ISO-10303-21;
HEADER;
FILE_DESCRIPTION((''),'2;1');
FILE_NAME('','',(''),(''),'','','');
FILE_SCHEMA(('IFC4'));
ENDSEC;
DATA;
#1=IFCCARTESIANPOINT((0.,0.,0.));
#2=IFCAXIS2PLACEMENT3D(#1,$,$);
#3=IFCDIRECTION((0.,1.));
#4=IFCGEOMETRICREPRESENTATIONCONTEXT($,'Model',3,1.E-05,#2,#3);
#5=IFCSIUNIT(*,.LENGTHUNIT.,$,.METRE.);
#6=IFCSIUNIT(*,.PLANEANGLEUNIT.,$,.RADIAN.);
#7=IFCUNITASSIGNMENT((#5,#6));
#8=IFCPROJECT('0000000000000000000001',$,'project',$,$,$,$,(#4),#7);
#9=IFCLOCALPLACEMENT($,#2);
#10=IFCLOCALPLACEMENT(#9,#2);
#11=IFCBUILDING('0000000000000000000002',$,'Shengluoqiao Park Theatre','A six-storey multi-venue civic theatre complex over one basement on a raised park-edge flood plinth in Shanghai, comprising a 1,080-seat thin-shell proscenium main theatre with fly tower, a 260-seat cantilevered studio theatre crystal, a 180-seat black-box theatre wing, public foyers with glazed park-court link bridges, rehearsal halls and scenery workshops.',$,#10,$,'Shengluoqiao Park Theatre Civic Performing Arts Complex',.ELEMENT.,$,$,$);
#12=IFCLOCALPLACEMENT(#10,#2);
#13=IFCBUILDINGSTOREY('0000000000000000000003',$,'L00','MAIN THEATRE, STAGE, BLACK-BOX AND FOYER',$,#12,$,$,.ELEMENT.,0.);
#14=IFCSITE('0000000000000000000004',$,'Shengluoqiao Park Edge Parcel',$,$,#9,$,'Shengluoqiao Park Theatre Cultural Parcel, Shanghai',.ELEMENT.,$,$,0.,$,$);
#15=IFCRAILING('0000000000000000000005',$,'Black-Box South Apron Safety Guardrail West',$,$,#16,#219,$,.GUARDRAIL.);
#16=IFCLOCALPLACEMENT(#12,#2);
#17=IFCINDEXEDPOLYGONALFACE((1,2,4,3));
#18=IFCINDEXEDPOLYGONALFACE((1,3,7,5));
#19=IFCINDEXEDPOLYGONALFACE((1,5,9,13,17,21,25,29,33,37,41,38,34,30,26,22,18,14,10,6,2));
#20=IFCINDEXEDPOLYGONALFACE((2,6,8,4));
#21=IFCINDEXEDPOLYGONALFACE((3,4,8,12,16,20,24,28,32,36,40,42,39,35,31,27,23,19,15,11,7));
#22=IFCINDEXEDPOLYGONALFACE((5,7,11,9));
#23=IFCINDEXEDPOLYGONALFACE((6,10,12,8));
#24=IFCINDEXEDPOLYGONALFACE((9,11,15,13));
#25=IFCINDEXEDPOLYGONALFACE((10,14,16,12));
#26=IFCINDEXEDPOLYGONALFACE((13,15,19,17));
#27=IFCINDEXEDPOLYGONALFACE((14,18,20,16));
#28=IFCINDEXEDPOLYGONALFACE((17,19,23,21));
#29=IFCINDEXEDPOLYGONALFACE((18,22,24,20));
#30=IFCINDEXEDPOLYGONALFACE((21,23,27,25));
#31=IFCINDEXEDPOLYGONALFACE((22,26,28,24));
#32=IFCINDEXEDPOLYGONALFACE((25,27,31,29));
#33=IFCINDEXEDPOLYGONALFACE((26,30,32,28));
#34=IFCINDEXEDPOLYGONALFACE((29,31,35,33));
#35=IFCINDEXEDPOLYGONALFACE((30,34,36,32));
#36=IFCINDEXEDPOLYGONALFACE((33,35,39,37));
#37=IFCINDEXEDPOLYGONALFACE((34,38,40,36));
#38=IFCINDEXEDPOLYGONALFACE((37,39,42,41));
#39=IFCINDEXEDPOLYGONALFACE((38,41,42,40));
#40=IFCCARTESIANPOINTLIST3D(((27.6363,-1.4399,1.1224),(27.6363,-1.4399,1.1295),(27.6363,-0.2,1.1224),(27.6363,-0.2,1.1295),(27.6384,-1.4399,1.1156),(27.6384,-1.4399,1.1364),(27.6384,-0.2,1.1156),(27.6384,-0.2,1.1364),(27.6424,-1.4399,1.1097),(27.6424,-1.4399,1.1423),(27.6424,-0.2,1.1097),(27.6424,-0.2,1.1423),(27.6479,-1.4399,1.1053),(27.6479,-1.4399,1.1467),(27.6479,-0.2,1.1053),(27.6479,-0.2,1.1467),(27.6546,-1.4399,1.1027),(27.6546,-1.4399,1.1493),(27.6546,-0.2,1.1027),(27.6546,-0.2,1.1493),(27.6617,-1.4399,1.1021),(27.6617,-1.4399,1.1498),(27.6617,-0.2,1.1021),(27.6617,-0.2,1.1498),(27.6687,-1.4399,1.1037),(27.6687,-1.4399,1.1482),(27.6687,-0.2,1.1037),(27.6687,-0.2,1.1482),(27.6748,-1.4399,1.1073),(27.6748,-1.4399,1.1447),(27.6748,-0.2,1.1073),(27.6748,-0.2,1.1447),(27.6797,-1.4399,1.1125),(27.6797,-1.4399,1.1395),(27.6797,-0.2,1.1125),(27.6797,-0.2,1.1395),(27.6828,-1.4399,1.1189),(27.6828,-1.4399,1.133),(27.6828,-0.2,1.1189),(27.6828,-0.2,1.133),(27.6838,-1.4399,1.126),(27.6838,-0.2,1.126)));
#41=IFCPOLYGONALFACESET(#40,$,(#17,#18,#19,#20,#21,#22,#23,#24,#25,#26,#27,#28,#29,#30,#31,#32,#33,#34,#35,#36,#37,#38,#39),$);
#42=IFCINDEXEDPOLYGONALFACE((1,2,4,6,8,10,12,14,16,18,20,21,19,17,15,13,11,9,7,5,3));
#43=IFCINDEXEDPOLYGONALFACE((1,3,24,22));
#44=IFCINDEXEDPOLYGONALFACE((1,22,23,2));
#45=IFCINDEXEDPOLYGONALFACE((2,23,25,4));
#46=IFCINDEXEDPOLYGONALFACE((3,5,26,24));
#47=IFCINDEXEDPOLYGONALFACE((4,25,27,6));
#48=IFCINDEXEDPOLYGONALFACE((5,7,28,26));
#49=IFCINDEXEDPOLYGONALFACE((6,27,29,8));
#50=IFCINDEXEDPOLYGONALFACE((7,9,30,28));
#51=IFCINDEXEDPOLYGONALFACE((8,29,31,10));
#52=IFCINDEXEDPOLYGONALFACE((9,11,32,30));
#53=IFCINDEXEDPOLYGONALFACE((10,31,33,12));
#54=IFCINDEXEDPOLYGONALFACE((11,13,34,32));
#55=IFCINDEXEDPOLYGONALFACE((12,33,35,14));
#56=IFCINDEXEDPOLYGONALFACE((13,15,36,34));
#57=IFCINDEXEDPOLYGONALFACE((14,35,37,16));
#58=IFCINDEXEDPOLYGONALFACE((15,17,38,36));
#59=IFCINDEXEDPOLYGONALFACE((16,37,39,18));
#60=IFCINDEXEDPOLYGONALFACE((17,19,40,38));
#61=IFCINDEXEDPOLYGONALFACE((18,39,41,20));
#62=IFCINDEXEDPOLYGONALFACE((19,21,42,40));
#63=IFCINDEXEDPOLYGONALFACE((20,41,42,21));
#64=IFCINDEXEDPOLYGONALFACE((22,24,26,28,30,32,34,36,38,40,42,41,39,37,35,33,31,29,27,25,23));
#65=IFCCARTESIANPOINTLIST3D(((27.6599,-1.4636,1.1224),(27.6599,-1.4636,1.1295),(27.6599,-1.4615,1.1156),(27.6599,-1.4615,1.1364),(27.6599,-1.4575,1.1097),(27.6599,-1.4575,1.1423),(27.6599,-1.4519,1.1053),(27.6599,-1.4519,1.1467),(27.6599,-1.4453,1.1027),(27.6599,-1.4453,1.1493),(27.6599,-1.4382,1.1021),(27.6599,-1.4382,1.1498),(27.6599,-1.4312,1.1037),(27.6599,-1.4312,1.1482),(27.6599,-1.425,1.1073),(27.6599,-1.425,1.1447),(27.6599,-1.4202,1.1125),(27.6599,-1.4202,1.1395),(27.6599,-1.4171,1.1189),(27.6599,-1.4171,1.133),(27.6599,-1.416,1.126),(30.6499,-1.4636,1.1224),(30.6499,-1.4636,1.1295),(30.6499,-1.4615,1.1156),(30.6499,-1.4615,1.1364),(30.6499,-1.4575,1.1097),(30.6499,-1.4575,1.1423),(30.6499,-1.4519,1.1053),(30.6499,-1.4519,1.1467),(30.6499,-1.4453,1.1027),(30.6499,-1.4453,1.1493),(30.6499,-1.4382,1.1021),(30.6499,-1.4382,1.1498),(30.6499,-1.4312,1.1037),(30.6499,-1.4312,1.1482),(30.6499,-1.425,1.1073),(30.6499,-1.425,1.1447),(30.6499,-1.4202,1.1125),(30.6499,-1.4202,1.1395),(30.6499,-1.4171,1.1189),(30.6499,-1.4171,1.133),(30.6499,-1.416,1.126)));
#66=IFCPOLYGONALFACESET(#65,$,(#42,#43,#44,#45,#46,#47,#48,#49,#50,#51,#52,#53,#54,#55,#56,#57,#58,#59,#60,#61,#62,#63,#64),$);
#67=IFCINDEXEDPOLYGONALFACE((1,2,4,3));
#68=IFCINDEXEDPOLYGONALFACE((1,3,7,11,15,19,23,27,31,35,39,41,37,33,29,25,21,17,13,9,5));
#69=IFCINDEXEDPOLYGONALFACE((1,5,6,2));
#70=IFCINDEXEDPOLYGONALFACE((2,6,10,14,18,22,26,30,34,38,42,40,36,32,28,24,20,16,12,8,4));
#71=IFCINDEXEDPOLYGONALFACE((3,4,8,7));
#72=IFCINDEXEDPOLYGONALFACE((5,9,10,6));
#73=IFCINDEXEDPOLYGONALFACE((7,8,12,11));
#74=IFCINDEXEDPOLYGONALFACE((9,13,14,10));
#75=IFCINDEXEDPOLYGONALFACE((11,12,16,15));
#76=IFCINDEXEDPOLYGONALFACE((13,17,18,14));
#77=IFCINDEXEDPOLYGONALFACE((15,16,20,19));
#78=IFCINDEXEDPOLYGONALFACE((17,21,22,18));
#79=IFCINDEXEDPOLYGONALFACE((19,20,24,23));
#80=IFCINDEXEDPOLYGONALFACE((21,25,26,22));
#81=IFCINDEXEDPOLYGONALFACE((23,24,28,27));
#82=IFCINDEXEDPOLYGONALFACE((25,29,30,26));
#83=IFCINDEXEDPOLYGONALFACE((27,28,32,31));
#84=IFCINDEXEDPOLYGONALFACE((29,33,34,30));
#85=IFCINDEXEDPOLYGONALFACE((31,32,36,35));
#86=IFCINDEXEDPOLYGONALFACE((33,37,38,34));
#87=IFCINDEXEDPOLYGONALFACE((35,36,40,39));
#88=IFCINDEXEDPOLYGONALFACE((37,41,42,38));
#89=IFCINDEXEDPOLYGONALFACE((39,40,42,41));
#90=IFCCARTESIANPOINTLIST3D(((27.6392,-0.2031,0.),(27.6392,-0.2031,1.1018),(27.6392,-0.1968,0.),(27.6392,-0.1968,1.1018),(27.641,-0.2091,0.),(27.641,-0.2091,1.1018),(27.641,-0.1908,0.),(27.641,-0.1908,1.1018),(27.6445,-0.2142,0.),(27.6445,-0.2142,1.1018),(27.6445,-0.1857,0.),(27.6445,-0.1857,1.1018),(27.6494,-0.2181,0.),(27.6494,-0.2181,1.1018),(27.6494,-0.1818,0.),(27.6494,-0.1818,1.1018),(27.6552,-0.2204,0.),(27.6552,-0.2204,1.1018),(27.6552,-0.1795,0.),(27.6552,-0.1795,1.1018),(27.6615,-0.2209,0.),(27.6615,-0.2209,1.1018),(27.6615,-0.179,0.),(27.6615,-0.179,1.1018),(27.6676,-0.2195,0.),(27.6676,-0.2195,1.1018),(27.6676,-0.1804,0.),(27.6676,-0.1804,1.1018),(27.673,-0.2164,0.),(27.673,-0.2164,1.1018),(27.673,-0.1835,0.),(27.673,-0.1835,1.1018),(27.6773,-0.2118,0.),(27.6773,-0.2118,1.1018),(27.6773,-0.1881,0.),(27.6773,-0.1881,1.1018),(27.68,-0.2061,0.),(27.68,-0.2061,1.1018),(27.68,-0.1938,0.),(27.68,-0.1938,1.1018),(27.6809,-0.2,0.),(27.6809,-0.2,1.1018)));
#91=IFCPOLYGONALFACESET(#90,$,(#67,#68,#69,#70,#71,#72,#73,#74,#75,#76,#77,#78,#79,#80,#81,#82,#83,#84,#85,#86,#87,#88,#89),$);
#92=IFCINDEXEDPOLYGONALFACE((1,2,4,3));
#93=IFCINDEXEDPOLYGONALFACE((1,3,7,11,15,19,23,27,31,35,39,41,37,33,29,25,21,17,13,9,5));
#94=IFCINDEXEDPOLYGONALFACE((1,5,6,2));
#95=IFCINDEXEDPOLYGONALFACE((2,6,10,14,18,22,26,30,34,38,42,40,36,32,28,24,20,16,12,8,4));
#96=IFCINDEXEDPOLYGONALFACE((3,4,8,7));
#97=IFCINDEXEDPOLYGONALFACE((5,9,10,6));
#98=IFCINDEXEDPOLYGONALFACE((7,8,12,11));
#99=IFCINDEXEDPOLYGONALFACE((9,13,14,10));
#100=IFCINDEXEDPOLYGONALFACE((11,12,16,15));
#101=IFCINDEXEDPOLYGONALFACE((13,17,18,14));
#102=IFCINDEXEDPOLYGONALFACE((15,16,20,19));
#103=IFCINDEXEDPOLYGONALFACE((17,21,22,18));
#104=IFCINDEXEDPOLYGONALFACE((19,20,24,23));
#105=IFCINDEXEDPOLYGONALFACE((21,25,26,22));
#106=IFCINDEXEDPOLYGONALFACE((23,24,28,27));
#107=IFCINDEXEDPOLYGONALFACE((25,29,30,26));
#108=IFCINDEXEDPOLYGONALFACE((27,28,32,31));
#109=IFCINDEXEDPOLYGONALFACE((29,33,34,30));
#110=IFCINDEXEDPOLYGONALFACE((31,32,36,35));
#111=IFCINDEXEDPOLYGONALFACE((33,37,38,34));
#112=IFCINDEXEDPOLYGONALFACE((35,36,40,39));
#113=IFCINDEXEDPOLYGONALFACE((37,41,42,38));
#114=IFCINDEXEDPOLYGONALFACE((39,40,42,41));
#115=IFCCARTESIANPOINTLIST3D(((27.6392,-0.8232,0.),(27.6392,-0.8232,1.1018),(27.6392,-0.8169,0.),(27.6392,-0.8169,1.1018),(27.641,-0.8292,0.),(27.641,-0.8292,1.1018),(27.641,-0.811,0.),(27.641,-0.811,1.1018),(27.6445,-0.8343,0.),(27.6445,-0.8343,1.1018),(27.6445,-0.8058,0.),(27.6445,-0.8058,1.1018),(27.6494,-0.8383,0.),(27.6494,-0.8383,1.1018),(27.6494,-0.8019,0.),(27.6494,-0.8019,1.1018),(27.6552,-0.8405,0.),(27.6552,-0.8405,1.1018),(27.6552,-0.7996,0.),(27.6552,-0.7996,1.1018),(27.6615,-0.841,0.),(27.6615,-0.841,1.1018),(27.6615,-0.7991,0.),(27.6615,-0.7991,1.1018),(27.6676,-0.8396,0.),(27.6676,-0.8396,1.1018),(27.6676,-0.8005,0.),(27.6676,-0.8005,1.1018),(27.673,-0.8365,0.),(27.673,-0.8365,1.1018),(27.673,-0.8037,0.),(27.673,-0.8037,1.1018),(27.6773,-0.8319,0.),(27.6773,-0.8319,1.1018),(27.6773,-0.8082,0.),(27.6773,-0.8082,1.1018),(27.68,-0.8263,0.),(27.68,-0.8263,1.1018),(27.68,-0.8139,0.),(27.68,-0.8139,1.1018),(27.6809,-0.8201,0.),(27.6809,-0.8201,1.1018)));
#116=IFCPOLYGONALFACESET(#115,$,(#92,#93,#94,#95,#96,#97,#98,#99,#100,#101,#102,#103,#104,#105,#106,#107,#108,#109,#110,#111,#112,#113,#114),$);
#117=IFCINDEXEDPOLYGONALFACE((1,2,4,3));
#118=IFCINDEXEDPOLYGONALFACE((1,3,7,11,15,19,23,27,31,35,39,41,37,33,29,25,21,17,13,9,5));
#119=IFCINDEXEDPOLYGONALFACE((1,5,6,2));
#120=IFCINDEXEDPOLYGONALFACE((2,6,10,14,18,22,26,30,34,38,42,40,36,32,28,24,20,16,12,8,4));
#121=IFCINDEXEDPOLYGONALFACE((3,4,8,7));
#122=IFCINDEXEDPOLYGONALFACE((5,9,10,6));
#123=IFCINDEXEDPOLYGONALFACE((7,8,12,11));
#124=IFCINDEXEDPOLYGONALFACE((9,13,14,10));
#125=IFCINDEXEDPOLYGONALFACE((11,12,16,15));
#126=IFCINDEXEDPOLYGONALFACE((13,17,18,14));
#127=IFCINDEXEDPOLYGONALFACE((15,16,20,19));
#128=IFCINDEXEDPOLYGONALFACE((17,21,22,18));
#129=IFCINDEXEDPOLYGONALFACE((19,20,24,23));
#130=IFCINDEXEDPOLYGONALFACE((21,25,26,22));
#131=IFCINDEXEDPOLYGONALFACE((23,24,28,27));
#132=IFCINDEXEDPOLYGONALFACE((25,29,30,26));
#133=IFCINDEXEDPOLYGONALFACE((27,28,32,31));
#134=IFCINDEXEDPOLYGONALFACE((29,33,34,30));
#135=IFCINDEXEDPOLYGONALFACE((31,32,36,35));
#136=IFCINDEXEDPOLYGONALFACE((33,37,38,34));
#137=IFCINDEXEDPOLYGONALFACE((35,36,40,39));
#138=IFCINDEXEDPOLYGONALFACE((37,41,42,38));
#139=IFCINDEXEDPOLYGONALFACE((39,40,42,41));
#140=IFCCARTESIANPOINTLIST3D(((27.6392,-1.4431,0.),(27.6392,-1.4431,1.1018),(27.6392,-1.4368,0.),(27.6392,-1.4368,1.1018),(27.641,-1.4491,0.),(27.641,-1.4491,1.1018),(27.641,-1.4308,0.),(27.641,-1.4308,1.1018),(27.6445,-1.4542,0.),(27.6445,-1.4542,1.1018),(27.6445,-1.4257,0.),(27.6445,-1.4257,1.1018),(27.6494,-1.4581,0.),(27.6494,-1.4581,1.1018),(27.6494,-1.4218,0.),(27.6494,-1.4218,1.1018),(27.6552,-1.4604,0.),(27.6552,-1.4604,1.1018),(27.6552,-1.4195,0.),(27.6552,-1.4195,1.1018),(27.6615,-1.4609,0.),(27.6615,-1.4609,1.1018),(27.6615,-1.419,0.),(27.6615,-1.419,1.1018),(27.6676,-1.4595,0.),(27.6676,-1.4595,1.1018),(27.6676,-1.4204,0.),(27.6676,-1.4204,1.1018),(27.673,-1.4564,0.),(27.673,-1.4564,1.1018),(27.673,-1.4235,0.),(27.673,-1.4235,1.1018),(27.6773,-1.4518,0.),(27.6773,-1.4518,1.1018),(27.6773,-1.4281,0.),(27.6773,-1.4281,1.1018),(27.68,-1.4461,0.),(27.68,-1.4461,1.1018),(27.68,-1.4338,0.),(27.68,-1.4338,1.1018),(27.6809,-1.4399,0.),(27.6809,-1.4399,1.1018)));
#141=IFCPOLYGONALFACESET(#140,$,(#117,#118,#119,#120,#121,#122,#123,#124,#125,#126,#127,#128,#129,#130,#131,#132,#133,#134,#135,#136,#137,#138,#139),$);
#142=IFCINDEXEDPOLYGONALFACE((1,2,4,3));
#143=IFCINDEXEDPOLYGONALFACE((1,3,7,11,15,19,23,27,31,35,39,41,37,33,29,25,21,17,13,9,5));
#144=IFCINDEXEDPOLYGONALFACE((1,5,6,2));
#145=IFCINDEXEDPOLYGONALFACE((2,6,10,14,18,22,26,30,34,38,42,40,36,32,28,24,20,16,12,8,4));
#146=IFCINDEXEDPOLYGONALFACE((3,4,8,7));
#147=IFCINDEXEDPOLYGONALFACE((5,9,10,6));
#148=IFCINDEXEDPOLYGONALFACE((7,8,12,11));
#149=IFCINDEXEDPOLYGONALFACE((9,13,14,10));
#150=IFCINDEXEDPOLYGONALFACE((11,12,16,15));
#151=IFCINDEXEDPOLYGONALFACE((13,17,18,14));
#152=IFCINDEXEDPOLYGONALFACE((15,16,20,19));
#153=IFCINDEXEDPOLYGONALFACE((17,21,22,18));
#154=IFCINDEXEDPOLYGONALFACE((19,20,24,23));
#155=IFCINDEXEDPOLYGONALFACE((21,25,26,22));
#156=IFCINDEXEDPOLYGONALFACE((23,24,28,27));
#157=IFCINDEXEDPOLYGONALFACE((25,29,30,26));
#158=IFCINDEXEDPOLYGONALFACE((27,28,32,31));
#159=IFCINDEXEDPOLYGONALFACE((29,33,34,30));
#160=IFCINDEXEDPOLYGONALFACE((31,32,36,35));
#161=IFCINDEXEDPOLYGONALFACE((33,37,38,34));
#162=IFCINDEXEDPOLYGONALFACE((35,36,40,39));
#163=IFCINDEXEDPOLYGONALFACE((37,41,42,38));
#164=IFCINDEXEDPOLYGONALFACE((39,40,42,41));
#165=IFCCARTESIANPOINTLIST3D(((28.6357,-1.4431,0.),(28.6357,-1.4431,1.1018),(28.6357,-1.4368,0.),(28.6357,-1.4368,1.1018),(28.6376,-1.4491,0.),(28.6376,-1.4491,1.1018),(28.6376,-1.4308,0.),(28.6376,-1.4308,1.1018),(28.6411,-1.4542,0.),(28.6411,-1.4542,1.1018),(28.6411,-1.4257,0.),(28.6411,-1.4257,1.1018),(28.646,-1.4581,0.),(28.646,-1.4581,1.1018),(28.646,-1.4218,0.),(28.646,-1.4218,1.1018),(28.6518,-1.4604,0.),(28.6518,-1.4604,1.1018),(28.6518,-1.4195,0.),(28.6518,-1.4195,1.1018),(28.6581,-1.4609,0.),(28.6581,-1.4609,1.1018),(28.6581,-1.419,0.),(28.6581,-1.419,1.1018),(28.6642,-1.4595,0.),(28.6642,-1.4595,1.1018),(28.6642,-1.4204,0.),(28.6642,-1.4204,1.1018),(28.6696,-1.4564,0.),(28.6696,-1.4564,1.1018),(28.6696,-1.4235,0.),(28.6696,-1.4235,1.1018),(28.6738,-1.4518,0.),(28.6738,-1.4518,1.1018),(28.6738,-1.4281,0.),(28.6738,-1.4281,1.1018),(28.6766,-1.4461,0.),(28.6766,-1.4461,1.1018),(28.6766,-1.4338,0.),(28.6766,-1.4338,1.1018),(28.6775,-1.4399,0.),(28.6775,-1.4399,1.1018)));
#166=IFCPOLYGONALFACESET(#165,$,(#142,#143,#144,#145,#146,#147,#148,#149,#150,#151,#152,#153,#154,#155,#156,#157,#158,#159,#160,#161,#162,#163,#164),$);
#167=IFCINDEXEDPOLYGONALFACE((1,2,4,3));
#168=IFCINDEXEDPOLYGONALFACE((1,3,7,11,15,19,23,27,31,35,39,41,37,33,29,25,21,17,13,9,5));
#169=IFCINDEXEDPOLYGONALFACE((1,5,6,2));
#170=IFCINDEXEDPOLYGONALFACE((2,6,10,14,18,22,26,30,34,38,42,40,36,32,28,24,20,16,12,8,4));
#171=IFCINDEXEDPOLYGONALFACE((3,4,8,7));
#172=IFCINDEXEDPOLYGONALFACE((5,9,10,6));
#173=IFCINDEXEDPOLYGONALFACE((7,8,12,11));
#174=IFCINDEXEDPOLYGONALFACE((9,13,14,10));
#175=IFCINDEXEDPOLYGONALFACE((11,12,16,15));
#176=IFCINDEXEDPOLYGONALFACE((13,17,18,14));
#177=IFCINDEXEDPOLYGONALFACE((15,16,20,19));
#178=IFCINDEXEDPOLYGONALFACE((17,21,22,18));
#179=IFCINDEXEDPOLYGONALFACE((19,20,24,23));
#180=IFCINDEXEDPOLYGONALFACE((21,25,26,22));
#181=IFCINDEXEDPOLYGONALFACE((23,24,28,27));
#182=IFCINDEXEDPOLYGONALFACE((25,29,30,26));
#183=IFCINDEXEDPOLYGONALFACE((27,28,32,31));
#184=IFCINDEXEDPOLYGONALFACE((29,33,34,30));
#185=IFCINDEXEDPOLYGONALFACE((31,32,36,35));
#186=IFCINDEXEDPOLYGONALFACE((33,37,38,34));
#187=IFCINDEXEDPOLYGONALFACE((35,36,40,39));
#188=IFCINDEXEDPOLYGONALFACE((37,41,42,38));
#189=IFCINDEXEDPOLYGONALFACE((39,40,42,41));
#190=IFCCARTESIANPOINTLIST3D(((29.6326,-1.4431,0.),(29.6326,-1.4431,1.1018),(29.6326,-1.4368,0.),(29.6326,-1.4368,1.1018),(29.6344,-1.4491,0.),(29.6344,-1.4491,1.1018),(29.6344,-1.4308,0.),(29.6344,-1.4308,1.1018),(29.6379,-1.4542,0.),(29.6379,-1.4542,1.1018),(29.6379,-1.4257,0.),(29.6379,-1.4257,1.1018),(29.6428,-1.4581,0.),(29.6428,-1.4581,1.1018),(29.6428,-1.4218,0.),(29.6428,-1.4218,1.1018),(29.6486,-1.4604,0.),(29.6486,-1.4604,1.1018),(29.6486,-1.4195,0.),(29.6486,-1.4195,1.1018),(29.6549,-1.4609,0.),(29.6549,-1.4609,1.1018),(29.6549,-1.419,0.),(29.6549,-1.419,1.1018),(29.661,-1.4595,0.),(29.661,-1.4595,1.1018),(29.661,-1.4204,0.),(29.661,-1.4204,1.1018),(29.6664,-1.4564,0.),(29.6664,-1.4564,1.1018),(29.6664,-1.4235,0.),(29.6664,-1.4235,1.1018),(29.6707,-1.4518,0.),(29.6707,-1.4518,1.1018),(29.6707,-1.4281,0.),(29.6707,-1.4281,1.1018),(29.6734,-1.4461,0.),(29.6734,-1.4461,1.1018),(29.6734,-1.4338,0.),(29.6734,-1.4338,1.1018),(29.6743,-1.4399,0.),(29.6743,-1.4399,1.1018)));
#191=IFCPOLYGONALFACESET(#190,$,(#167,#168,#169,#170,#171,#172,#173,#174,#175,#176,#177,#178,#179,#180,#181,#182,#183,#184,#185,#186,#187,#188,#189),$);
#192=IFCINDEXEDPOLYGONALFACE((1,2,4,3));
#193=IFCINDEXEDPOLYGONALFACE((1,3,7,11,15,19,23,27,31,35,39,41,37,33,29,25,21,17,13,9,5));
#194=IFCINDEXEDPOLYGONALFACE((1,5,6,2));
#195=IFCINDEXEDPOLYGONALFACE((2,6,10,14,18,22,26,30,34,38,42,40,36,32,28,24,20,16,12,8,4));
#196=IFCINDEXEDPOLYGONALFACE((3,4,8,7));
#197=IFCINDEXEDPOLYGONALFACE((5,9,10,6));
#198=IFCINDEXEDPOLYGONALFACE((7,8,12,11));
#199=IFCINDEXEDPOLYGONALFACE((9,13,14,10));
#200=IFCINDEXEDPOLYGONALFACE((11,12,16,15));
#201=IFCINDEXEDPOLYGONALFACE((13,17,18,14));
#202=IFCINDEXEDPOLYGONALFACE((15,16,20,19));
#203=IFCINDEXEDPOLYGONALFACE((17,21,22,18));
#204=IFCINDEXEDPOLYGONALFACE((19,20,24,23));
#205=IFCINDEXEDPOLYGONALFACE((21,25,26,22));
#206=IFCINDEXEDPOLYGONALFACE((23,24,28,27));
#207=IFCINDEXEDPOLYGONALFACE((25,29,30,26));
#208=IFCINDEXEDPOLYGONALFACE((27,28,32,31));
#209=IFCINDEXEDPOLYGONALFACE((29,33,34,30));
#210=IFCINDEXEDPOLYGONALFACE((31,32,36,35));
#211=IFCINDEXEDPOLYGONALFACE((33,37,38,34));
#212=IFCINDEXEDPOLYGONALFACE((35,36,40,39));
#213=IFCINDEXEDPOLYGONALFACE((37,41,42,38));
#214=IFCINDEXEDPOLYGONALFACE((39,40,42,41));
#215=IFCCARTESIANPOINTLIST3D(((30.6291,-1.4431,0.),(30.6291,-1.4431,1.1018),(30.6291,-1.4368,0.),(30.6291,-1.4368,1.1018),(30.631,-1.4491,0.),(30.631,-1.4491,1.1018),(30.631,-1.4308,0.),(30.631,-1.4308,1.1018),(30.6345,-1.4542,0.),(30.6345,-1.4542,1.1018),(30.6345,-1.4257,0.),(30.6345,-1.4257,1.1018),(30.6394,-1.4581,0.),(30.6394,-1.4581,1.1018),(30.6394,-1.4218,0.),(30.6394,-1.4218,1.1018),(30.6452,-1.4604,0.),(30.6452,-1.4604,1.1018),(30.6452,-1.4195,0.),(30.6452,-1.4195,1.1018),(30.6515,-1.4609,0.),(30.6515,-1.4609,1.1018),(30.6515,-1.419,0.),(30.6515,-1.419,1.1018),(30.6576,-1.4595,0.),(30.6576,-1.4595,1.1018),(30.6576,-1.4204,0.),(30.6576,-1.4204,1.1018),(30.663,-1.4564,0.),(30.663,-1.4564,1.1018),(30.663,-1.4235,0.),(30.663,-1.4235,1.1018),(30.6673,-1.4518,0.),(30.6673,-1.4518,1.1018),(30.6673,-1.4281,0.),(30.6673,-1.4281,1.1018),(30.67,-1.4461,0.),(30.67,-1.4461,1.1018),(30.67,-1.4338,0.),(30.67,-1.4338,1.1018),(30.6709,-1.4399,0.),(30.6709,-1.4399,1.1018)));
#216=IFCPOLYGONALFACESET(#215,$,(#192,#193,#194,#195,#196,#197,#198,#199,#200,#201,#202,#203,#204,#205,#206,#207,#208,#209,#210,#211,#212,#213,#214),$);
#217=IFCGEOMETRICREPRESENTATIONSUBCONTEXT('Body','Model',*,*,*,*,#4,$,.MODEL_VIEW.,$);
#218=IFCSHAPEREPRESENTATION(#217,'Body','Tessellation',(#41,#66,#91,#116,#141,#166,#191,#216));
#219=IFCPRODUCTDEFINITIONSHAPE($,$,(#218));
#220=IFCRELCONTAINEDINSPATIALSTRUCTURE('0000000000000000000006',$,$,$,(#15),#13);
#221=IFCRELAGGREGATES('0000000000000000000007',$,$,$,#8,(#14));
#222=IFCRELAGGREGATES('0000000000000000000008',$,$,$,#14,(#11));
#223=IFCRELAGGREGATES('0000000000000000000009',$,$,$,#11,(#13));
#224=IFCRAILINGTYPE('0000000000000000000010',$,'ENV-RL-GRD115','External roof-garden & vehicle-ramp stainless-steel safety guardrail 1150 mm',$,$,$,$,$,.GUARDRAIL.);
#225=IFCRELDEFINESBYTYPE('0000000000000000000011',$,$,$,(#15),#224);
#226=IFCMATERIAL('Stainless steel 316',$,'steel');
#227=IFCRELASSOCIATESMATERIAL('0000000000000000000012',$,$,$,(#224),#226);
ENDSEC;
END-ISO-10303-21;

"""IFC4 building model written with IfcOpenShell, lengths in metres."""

from ifc_helpers import new_model, si_unit, direction, frame, origin, origin_2d, place, context, subcontext, project, spatial, circle, extrude, material, type_object, element, save


model = new_model("IFC4")

# Units and contexts
model_context = context("Model", 3, precision=1e-05, world=origin(), true_north=direction((0.0, 1.0)))
body_context = subcontext(model_context, "Body", "Model", "MODEL_VIEW")
ifc_project = project(units=[si_unit("LENGTHUNIT", "METRE"), si_unit("PLANEANGLEUNIT", "RADIAN")], contexts=[model_context])

# Site, building, storey
site_placement = place(None, origin())
site = spatial("IfcSite", under=ifc_project, at=site_placement, Name="Shengluoqiao Park Edge Parcel", LongName="Shengluoqiao Park Theatre Cultural Parcel, Shanghai", CompositionType="ELEMENT", RefElevation=0.0)
building_placement = place(site_placement, origin())
building = spatial("IfcBuilding", under=site, at=building_placement, Name="Shengluoqiao Park Theatre", Description="A six-storey multi-venue civic theatre complex over one basement on a raised park-edge flood plinth in Shanghai, comprising a 1,080-seat thin-shell proscenium main theatre with fly tower, a 260-seat cantilevered studio theatre crystal, a 180-seat black-box theatre wing, public foyers with glazed park-court link bridges, rehearsal halls and scenery workshops.", LongName="Shengluoqiao Park Theatre Civic Performing Arts Complex", CompositionType="ELEMENT")
storey_placement = place(building_placement, origin())
storey = spatial("IfcBuildingStorey", under=building, at=storey_placement, Name="L00", Description="MAIN THEATRE, STAGE, BLACK-BOX AND FOYER", CompositionType="ELEMENT", Elevation=0.0)

# Railing
ifc_material_1 = material(Name="Stainless steel 316", Category="steel")
railing_type_1 = type_object("IfcRailingType", Name="ENV-RL-GRD115", Description="External roof-garden & vehicle-ramp stainless-steel safety guardrail 1150 mm", PredefinedType="GUARDRAIL", material=ifc_material_1)
railing_1_placement = place(storey_placement, frame((27.6599, -0.2, 0.0)))
element("IfcRailing", 1, at=railing_1_placement, inside=storey, type_object=railing_type_1, Name="Black-Box South Apron Safety Guardrail West", PredefinedType="GUARDRAIL", context=body_context, shape_type="SweptSolid", body=[
    extrude(circle(Radius=0.0239, at=origin_2d()), frame((0.0, 0.0, 1.126), z_axis=(0.0, -1.0, 0.0), x_axis=(1.0, 0.0, 0.0)), (0.0, 0.0, 1.0), 1.24),
    extrude(circle(Radius=0.0239, at=origin_2d()), frame((0.0, -1.24, 1.126), z_axis=(1.0, 0.0, 0.0), x_axis=(0.0, 1.0, 0.0)), (0.0, 0.0, 1.0), 2.99),
    extrude(circle(Radius=0.021, at=origin_2d()), origin(), (0.0, 0.0, 1.0), 1.1018),
    extrude(circle(Radius=0.021, at=origin_2d()), frame((0.0, -0.6201, 0.0)), (0.0, 0.0, 1.0), 1.1018),
    extrude(circle(Radius=0.021, at=origin_2d()), frame((0.0, -1.24, 0.0)), (0.0, 0.0, 1.0), 1.1018),
    extrude(circle(Radius=0.021, at=origin_2d()), frame((0.9966, -1.24, 0.0)), (0.0, 0.0, 1.0), 1.1018),
    extrude(circle(Radius=0.021, at=origin_2d()), frame((1.9934, -1.24, 0.0)), (0.0, 0.0, 1.0), 1.1018),
    extrude(circle(Radius=0.021, at=origin_2d()), frame((2.99, -1.24, 0.0)), (0.0, 0.0, 1.0), 1.1018),
])

save(model, "model.ifc")
